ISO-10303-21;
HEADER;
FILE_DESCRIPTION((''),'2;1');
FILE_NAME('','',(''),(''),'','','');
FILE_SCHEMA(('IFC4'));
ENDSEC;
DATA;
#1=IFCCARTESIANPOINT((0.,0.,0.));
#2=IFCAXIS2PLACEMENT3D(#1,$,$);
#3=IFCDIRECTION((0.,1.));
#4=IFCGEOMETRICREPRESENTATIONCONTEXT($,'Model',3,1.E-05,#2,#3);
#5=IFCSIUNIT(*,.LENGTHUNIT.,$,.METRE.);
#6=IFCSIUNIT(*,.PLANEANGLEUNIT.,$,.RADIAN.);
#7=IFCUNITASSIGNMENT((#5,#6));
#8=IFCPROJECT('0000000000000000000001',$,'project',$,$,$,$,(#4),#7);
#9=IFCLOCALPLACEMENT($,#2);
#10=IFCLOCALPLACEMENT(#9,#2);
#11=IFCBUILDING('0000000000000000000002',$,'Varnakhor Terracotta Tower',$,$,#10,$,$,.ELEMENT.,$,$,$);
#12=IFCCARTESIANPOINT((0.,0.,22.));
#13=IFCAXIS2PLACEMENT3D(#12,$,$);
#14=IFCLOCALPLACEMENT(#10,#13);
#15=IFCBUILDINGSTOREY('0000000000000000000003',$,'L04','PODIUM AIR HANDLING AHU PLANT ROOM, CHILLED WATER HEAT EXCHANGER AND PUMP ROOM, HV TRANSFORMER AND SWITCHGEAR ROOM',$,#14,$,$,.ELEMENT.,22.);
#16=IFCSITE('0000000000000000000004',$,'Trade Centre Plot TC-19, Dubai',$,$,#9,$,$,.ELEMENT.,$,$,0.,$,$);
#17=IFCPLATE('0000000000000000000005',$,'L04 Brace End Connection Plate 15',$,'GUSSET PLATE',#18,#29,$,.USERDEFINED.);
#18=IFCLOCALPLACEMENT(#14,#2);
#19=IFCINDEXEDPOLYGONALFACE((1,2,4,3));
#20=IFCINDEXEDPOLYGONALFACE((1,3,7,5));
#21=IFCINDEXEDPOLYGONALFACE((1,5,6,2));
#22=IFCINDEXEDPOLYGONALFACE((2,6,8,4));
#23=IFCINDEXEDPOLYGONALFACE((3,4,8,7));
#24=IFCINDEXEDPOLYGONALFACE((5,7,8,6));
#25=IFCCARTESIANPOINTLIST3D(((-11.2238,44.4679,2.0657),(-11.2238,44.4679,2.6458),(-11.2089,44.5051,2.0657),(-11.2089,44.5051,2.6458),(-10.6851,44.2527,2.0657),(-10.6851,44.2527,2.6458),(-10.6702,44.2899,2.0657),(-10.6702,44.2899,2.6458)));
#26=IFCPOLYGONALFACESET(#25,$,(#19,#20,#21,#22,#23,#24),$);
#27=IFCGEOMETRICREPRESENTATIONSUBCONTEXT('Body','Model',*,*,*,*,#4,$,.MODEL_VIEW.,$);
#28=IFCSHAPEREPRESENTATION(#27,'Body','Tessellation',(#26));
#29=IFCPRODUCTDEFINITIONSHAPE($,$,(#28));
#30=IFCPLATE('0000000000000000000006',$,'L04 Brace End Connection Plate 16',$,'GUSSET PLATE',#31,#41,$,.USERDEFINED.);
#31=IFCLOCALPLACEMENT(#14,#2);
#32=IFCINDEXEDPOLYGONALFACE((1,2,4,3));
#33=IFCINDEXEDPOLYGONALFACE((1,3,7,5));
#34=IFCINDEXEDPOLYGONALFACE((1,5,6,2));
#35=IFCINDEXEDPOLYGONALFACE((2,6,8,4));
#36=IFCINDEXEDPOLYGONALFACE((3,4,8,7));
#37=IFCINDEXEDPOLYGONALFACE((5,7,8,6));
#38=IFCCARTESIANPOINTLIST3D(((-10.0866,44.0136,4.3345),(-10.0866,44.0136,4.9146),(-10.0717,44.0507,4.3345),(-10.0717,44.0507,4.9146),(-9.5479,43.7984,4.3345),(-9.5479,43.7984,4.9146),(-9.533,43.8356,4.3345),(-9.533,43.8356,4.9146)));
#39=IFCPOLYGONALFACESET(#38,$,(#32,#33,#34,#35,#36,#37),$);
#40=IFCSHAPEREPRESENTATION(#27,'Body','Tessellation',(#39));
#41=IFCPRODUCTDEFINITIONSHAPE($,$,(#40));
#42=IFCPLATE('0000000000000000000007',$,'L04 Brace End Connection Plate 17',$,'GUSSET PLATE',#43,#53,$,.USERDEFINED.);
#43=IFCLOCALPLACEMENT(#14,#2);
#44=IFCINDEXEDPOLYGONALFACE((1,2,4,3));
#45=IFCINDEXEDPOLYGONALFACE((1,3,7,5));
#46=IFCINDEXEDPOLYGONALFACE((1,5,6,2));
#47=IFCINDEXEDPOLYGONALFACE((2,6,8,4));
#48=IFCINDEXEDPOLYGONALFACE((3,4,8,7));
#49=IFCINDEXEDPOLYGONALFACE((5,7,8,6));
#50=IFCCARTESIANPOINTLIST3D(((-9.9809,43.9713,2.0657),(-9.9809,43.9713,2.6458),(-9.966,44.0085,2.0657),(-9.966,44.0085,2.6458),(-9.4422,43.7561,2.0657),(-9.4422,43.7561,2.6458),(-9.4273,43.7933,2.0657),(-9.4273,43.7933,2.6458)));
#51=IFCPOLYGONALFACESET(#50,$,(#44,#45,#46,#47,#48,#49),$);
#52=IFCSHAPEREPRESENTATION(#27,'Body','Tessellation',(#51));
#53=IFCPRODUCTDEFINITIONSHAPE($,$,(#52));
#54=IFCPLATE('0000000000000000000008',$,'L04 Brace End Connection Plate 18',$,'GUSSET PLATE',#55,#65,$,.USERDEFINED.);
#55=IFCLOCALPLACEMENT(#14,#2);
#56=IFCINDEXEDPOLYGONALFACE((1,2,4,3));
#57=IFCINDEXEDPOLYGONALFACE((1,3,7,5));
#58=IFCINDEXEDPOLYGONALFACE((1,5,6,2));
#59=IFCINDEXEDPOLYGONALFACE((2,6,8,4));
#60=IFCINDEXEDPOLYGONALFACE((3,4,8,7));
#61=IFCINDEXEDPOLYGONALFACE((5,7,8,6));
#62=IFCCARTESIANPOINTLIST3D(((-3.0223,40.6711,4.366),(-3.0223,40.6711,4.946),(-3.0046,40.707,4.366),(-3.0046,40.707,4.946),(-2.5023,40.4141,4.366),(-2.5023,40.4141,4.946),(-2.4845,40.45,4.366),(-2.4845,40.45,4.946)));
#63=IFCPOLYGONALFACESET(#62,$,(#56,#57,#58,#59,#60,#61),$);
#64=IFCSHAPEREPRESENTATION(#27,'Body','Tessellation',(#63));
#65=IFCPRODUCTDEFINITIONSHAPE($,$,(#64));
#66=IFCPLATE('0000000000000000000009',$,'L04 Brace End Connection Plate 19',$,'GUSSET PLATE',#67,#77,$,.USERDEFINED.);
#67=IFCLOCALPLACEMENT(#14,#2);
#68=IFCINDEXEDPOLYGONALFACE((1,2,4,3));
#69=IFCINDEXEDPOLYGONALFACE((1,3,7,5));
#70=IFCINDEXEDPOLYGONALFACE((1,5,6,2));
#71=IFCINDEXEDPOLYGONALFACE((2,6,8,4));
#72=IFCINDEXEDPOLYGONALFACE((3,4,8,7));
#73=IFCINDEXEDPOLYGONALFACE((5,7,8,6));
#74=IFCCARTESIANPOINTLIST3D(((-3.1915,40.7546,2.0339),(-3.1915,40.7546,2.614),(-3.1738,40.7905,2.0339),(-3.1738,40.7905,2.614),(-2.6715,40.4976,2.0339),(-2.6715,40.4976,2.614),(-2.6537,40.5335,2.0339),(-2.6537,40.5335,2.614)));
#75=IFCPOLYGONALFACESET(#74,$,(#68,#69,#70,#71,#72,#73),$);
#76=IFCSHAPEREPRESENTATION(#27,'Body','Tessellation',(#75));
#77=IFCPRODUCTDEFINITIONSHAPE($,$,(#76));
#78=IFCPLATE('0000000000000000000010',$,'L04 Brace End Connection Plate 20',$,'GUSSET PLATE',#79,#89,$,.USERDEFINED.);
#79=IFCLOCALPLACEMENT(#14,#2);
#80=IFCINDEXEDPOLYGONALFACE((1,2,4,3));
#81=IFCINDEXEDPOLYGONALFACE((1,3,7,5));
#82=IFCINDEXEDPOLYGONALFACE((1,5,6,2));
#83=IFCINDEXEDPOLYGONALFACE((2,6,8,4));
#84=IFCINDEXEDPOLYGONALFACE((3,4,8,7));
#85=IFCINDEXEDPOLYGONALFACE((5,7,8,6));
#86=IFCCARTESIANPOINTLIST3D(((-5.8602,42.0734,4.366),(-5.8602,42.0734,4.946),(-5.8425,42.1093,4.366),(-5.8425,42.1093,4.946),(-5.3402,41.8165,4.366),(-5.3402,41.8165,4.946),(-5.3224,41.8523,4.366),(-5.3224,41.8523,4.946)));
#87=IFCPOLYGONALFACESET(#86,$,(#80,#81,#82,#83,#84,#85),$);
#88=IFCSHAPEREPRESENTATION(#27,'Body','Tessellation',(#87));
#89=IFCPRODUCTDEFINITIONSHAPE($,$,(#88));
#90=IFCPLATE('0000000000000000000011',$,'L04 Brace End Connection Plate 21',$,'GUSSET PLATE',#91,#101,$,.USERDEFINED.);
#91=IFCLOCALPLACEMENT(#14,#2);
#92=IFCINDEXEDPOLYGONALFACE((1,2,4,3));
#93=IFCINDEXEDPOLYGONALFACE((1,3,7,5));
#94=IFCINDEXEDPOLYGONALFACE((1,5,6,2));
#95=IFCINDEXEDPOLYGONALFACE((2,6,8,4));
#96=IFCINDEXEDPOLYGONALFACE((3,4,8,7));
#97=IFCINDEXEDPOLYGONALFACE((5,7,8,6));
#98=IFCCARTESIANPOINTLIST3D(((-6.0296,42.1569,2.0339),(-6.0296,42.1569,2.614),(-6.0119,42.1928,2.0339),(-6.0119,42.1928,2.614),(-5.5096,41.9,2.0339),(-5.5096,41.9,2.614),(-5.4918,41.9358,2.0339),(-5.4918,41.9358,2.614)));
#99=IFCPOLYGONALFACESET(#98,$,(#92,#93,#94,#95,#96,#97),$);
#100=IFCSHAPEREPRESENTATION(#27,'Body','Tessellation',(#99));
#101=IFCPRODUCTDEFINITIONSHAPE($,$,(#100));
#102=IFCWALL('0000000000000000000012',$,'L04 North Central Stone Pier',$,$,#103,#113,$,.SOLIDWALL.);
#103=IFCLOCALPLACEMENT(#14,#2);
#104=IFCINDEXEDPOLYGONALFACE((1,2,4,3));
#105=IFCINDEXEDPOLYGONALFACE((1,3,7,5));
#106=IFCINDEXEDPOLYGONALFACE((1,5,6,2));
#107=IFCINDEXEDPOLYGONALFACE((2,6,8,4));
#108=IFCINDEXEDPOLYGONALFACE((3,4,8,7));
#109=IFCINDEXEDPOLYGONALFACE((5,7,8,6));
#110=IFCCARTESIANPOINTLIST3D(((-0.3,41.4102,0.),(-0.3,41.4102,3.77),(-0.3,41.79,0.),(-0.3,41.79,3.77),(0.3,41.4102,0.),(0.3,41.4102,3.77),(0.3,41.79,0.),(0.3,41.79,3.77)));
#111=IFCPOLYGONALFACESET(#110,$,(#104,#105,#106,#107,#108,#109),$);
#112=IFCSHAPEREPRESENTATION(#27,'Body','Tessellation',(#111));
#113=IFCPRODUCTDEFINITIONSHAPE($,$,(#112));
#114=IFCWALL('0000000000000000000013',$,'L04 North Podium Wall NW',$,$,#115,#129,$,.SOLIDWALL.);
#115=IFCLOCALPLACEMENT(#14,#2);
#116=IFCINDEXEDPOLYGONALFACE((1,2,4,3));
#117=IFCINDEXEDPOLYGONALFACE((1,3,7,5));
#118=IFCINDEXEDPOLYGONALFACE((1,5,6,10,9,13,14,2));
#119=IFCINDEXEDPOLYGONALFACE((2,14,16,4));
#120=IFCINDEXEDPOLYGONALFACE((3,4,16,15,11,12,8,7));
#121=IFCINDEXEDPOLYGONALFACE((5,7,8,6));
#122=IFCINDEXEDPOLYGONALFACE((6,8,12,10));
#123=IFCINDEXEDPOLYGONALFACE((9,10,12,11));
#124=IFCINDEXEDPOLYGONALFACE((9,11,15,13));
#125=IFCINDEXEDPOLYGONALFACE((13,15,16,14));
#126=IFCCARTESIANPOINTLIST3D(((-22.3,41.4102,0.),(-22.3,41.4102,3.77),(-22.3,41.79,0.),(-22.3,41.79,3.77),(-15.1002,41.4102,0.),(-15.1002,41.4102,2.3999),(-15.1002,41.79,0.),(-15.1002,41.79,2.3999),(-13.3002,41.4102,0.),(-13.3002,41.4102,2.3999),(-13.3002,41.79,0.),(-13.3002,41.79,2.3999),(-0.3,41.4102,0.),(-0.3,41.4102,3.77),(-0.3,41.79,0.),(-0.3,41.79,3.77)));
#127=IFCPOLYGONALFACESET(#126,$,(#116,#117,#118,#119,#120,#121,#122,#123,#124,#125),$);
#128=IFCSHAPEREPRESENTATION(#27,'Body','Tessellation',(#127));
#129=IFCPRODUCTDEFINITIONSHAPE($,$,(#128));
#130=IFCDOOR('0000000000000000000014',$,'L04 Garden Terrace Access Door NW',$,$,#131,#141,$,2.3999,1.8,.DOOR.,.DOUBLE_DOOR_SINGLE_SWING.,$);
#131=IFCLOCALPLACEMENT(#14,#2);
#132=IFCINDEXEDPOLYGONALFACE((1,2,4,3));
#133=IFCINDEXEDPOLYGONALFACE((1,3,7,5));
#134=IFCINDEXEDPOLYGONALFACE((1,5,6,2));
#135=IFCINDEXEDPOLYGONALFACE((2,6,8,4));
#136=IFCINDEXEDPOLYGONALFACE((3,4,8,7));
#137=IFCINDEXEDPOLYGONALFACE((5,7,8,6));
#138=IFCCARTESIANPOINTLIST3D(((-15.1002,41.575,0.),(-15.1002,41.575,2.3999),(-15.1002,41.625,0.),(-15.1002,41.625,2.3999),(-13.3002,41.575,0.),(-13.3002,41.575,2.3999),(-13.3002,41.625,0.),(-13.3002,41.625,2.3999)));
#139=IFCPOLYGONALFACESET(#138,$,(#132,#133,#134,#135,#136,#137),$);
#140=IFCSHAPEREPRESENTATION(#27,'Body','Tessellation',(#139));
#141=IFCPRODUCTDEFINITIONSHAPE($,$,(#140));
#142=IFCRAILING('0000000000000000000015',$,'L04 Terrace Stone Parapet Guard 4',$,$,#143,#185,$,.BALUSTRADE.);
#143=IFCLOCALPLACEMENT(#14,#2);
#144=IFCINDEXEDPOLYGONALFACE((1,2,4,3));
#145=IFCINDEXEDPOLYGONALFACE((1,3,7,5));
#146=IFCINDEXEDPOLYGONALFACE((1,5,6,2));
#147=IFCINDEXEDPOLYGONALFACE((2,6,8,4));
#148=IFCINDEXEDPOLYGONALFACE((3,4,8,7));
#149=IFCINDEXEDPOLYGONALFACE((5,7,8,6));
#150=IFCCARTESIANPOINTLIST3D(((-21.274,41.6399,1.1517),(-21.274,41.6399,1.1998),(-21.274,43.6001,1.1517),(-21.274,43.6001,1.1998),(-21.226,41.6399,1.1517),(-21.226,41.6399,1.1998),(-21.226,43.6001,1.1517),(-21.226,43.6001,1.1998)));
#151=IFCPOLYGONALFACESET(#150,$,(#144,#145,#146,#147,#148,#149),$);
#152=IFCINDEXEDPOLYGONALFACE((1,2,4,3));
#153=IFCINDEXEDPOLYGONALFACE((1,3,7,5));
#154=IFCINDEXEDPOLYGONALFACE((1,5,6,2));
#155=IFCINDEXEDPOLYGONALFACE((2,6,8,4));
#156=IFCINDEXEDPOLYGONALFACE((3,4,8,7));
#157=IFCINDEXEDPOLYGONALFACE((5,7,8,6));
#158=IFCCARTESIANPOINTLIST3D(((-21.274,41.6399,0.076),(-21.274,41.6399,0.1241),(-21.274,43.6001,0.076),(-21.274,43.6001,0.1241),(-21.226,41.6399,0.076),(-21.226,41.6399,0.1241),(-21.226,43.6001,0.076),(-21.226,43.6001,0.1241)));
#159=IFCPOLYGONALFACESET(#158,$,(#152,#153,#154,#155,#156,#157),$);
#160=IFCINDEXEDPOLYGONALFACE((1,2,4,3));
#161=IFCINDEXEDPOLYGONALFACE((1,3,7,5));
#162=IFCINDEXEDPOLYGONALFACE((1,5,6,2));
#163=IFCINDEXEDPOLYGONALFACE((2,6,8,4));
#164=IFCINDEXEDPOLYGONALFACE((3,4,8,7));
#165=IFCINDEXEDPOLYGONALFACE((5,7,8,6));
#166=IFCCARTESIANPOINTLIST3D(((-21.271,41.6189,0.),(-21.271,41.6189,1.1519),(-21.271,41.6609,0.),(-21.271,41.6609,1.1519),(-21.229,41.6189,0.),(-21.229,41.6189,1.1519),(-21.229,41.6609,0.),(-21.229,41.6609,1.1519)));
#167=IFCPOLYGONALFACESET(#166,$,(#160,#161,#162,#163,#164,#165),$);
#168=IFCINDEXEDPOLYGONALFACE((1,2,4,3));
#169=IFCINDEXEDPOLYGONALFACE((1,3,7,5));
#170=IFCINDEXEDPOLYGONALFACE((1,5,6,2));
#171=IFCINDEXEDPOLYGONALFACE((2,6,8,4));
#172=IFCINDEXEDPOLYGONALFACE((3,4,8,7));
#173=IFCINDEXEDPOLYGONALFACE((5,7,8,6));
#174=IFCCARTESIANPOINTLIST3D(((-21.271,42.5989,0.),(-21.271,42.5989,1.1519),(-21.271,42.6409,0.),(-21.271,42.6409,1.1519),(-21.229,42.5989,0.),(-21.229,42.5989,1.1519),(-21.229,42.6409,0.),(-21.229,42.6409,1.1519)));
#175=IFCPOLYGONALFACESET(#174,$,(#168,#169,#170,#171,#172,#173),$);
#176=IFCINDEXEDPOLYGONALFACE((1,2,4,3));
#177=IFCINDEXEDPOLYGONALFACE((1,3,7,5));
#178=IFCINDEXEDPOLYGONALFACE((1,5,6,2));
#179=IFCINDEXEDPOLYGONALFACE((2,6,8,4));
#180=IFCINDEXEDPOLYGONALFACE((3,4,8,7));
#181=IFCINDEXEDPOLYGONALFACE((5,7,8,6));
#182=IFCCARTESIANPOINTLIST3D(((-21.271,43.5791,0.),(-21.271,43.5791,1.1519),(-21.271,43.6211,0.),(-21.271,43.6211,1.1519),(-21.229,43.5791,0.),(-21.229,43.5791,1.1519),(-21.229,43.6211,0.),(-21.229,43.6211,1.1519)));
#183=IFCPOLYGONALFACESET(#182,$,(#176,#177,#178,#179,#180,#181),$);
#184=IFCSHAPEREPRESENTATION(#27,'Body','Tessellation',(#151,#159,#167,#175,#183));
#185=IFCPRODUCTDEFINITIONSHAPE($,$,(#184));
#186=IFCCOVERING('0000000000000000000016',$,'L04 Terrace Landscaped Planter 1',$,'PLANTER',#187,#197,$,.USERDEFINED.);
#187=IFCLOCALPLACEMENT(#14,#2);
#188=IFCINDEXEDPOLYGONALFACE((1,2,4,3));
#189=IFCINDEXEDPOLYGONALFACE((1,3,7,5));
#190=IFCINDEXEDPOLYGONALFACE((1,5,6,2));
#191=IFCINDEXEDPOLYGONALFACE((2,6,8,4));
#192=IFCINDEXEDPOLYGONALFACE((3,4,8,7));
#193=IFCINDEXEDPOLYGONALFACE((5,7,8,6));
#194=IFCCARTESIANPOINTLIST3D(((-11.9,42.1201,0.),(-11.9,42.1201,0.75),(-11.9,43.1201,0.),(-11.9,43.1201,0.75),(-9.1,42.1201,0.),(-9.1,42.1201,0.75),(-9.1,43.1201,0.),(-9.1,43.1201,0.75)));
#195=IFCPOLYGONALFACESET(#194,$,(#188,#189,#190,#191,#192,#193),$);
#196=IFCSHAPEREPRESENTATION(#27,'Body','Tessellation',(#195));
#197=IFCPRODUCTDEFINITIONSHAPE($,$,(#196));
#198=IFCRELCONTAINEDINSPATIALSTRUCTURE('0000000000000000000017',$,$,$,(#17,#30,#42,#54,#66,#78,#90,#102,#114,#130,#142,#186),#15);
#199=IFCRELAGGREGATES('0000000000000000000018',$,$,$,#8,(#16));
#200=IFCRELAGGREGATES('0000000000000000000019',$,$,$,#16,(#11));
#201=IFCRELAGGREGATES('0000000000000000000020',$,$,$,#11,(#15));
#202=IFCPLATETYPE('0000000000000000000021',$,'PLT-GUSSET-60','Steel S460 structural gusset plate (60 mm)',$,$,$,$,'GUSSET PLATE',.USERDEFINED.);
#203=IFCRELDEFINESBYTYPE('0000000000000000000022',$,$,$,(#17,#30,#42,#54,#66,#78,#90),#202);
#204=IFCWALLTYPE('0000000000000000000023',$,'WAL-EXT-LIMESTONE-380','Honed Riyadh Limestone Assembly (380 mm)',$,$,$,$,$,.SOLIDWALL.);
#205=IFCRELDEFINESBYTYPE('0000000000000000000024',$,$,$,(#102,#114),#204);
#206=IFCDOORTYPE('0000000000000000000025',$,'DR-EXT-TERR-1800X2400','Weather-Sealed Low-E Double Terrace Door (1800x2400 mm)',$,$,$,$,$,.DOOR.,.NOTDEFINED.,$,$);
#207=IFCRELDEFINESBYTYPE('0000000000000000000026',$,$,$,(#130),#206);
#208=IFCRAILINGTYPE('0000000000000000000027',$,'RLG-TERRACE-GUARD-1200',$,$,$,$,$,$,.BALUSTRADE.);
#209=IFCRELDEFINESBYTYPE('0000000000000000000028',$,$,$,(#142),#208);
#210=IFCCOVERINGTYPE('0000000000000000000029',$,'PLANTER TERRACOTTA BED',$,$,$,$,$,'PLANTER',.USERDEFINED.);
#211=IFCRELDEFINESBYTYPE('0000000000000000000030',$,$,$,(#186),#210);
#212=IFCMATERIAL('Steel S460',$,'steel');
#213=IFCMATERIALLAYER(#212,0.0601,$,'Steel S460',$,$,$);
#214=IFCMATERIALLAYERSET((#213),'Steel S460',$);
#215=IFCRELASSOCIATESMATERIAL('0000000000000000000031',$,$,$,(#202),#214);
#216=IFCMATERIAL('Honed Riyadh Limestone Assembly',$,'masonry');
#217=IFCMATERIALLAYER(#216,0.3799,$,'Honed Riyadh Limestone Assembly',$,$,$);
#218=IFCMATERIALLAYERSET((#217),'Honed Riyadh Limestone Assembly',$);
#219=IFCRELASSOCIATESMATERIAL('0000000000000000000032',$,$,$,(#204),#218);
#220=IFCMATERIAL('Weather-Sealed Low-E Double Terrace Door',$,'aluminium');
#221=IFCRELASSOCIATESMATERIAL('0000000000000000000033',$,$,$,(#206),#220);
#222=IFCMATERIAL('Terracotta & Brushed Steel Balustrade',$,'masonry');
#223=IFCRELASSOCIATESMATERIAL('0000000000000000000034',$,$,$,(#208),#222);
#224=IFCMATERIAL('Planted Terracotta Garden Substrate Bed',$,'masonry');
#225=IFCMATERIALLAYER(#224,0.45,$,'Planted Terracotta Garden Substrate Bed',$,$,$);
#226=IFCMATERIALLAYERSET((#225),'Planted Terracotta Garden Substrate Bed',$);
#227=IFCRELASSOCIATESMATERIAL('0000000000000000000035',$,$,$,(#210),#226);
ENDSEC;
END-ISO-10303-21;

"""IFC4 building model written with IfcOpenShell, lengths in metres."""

from ifc_helpers import new_model, si_unit, direction, frame, frame_2d, origin, origin_2d, place, context, subcontext, project, spatial, rectangle, extrude, source, transform, mapped, material, layer, layer_set, type_object, type_shapes, element, fill, save


model = new_model("IFC4")

# Units and contexts
model_context = context("Model", 3, precision=1e-05, world=origin(), true_north=direction((0.0, 1.0)))
body_context = subcontext(model_context, "Body", "Model", "MODEL_VIEW")
ifc_project = project(units=[si_unit("LENGTHUNIT", "METRE"), si_unit("PLANEANGLEUNIT", "RADIAN")], contexts=[model_context])

# Site, building, storey
site_placement = place(None, origin())
site = spatial("IfcSite", under=ifc_project, at=site_placement, Name="Trade Centre Plot TC-19, Dubai", CompositionType="ELEMENT", RefElevation=0.0)
building_placement = place(site_placement, origin())
building = spatial("IfcBuilding", under=site, at=building_placement, Name="Varnakhor Terracotta Tower", CompositionType="ELEMENT")
storey_placement = place(building_placement, frame((0.0, 0.0, 22.0)))
storey = spatial("IfcBuildingStorey", under=building, at=storey_placement, Name="L04", Description="PODIUM AIR HANDLING AHU PLANT ROOM, CHILLED WATER HEAT EXCHANGER AND PUMP ROOM, HV TRANSFORMER AND SWITCHGEAR ROOM", CompositionType="ELEMENT", Elevation=22.0)

# Shared definitions
ifc_material_1 = material(Name="Steel S460", Category="steel")

# Plates
ifc_layer_1 = layer(ifc_material_1, 0.0601, Name="Steel S460")
ifc_layer_set_1 = layer_set([ifc_layer_1], Name="Steel S460")
plate_type_1 = type_object("IfcPlateType", Name="PLT-GUSSET-60", Description="Steel S460 structural gusset plate (60 mm)", ElementType="GUSSET PLATE", PredefinedType="USERDEFINED", material=ifc_layer_set_1)
shared_shape_1 = source(origin(), body_context, "Body", "SweptSolid", [
    extrude(rectangle(XDim=0.5801, YDim=0.04, at=origin_2d()), origin(), (0.0, 0.0, 1.0), 0.5801),
])
for number, where, z_axis, x_axis, name in (
    (1, (-10.947, 44.3789, 2.0657), (0.0, 0.0, 1.0), (0.928654, -0.370946, 0.0), "L04 Brace End Connection Plate 15"),
    (2, (-9.8098, 43.9246, 4.3345), (0.0, 0.0, 1.0), (0.928654, -0.370946, 0.0), "L04 Brace End Connection Plate 16"),
    (3, (-9.7041, 43.8823, 2.0657), (0.0, 0.0, 1.0), (0.928654, -0.370946, 0.0), "L04 Brace End Connection Plate 17"),
    (4, (-2.7534, 40.5605, 4.366), (0.0, 0.0, 1.0), (-0.896525, 0.442993, 0.0), "L04 Brace End Connection Plate 18"),
    (5, (-2.9226, 40.644, 2.0339), (0.0, 0.0, 1.0), (-0.896517, 0.443009, 0.0), "L04 Brace End Connection Plate 19"),
    (6, (-5.5913, 41.9629, 4.366), (0.0, 0.0, 1.0), (-0.896517, 0.443009, 0.0), "L04 Brace End Connection Plate 20"),
    (7, (-5.7607, 42.0464, 2.0339), (0.0, 0.0, 1.0), (-0.896525, 0.442993, 0.0), "L04 Brace End Connection Plate 21"),
):
    element("IfcPlate", number, at=place(storey_placement, frame(where, z_axis=z_axis, x_axis=x_axis)), inside=storey, type_object=plate_type_1, Name=name, ObjectType="GUSSET PLATE", PredefinedType="USERDEFINED", context=body_context, shape_type="MappedRepresentation", body=[
        mapped(shared_shape_1, transform((0.0, 0.0, 0.0), scale=1.0)),
    ])

# Wall
ifc_material_2 = material(Name="Honed Riyadh Limestone Assembly", Category="masonry")
ifc_layer_2 = layer(ifc_material_2, 0.3799, Name="Honed Riyadh Limestone Assembly")
ifc_layer_set_2 = layer_set([ifc_layer_2], Name="Honed Riyadh Limestone Assembly")
wall_type = type_object("IfcWallType", Name="WAL-EXT-LIMESTONE-380", Description="Honed Riyadh Limestone Assembly (380 mm)", PredefinedType="SOLIDWALL", material=ifc_layer_set_2)
wall_1_placement = place(storey_placement, frame((-0.3, 41.6001, 0.0), z_axis=(0.0, 0.0, 1.0), x_axis=(1.0, 0.0, 0.0)))
element("IfcWall", 8, at=wall_1_placement, inside=storey, type_object=wall_type, Name="L04 North Central Stone Pier", PredefinedType="SOLIDWALL", context=body_context, shape_type="SweptSolid", body=[
    extrude(rectangle(XDim=0.6001, YDim=0.3799, at=frame_2d((0.3, 0.0))), origin(), (0.0, 0.0, 1.0), 3.77),
])

# Wall, opening, door
wall_2_placement = place(storey_placement, frame((-22.3, 41.6001, 0.0), z_axis=(0.0, 0.0, 1.0), x_axis=(1.0, 0.0, 0.0)))
wall_2 = element("IfcWall", 9, at=wall_2_placement, inside=storey, type_object=wall_type, Name="L04 North Podium Wall NW", PredefinedType="SOLIDWALL", context=body_context, shape_type="SweptSolid", body=[
    extrude(rectangle(XDim=22.0, YDim=0.3799, at=frame_2d((11.0, 0.0))), origin(), (0.0, 0.0, 1.0), 3.77),
])
opening_placement = place(wall_2_placement, frame((7.2, 0.0, 0.0)))
opening = element("IfcOpeningElement", 10, at=opening_placement, cuts=wall_2, PredefinedType="OPENING", context=body_context, shape_type="SweptSolid", body=[
    extrude(rectangle(XDim=1.8, YDim=2.3999, at=frame_2d((0.8999, 1.2))), frame((0.0, 0.2, 0.0), z_axis=(0.0, -1.0, 0.0), x_axis=(1.0, 0.0, 0.0)), (0.0, 0.0, 1.0), 0.3999),
])
ifc_material_3 = material(Name="Weather-Sealed Low-E Double Terrace Door", Category="aluminium")
door_type = type_object("IfcDoorType", Name="DR-EXT-TERR-1800X2400", Description="Weather-Sealed Low-E Double Terrace Door (1800x2400 mm)", OperationType="NOTDEFINED", PredefinedType="DOOR", material=ifc_material_3)
shared_shape_2 = source(origin(), body_context, "Body", "SweptSolid", [
    extrude(rectangle(XDim=1.8, YDim=2.3999, at=frame_2d((0.8999, 1.2))), frame((0.0, 0.0249, 0.0), z_axis=(0.0, -1.0, 0.0), x_axis=(1.0, 0.0, 0.0)), (0.0, 0.0, 1.0), 0.05),
])
type_shapes(door_type, [shared_shape_2])
door_placement = place(opening_placement, origin())
door = element("IfcDoor", 11, at=door_placement, inside=storey, type_object=door_type, Name="L04 Garden Terrace Access Door NW", OperationType="DOUBLE_DOOR_SINGLE_SWING", OverallHeight=2.3999, OverallWidth=1.8, PredefinedType="DOOR", context=body_context, shape_type="MappedRepresentation", body=[
    mapped(shared_shape_2, transform((0.0, 0.0, 0.0), scale=1.0)),
])
fill(opening, door)

# Railing
ifc_material_4 = material(Name="Terracotta & Brushed Steel Balustrade", Category="masonry")
railing_type = type_object("IfcRailingType", Name="RLG-TERRACE-GUARD-1200", PredefinedType="BALUSTRADE", material=ifc_material_4)
railing_1_placement = place(storey_placement, frame((-21.25, 41.6399, 0.0)))
element("IfcRailing", 12, at=railing_1_placement, inside=storey, type_object=railing_type, Name="L04 Terrace Stone Parapet Guard 4", PredefinedType="BALUSTRADE", context=body_context, shape_type="SweptSolid", body=[
    extrude(rectangle(XDim=0.0481, YDim=0.0481, at=origin_2d()), frame((0.0, 0.0, 1.1758), z_axis=(0.0, 1.0, 0.0), x_axis=(-1.0, 0.0, 0.0)), (0.0, 0.0, 1.0), 1.9602),
    extrude(rectangle(XDim=0.0481, YDim=0.0481, at=origin_2d()), frame((0.0, 0.0, 0.1001), z_axis=(0.0, 1.0, 0.0), x_axis=(-1.0, 0.0, 0.0)), (0.0, 0.0, 1.0), 1.9602),
    extrude(rectangle(XDim=0.042, YDim=0.042, at=origin_2d()), origin(), (0.0, 0.0, 1.0), 1.1519),
    extrude(rectangle(XDim=0.042, YDim=0.042, at=origin_2d()), frame((0.0, 0.98, 0.0)), (0.0, 0.0, 1.0), 1.1519),
    extrude(rectangle(XDim=0.042, YDim=0.042, at=origin_2d()), frame((0.0, 1.9602, 0.0)), (0.0, 0.0, 1.0), 1.1519),
])

# Covering
ifc_material_5 = material(Name="Planted Terracotta Garden Substrate Bed", Category="masonry")
ifc_layer_3 = layer(ifc_material_5, 0.45, Name="Planted Terracotta Garden Substrate Bed")
ifc_layer_set_3 = layer_set([ifc_layer_3], Name="Planted Terracotta Garden Substrate Bed")
covering_type = type_object("IfcCoveringType", Name="PLANTER TERRACOTTA BED", ElementType="PLANTER", PredefinedType="USERDEFINED", material=ifc_layer_set_3)
shared_shape_3 = source(origin(), body_context, "Body", "SweptSolid", [
    extrude(rectangle(XDim=2.8, YDim=1.0, at=origin_2d()), origin(), (0.0, 0.0, 1.0), 0.75),
])
type_shapes(covering_type, [shared_shape_3])
covering_placement = place(storey_placement, frame((-10.5, 42.6201, 0.0), z_axis=(0.0, 0.0, 1.0), x_axis=(1.0, 0.0, 0.0)))
element("IfcCovering", 13, at=covering_placement, inside=storey, type_object=covering_type, Name="L04 Terrace Landscaped Planter 1", ObjectType="PLANTER", PredefinedType="USERDEFINED", context=body_context, shape_type="MappedRepresentation", body=[
    mapped(shared_shape_3, transform((0.0, 0.0, 0.0), scale=1.0)),
])

save(model, "model.ifc")
